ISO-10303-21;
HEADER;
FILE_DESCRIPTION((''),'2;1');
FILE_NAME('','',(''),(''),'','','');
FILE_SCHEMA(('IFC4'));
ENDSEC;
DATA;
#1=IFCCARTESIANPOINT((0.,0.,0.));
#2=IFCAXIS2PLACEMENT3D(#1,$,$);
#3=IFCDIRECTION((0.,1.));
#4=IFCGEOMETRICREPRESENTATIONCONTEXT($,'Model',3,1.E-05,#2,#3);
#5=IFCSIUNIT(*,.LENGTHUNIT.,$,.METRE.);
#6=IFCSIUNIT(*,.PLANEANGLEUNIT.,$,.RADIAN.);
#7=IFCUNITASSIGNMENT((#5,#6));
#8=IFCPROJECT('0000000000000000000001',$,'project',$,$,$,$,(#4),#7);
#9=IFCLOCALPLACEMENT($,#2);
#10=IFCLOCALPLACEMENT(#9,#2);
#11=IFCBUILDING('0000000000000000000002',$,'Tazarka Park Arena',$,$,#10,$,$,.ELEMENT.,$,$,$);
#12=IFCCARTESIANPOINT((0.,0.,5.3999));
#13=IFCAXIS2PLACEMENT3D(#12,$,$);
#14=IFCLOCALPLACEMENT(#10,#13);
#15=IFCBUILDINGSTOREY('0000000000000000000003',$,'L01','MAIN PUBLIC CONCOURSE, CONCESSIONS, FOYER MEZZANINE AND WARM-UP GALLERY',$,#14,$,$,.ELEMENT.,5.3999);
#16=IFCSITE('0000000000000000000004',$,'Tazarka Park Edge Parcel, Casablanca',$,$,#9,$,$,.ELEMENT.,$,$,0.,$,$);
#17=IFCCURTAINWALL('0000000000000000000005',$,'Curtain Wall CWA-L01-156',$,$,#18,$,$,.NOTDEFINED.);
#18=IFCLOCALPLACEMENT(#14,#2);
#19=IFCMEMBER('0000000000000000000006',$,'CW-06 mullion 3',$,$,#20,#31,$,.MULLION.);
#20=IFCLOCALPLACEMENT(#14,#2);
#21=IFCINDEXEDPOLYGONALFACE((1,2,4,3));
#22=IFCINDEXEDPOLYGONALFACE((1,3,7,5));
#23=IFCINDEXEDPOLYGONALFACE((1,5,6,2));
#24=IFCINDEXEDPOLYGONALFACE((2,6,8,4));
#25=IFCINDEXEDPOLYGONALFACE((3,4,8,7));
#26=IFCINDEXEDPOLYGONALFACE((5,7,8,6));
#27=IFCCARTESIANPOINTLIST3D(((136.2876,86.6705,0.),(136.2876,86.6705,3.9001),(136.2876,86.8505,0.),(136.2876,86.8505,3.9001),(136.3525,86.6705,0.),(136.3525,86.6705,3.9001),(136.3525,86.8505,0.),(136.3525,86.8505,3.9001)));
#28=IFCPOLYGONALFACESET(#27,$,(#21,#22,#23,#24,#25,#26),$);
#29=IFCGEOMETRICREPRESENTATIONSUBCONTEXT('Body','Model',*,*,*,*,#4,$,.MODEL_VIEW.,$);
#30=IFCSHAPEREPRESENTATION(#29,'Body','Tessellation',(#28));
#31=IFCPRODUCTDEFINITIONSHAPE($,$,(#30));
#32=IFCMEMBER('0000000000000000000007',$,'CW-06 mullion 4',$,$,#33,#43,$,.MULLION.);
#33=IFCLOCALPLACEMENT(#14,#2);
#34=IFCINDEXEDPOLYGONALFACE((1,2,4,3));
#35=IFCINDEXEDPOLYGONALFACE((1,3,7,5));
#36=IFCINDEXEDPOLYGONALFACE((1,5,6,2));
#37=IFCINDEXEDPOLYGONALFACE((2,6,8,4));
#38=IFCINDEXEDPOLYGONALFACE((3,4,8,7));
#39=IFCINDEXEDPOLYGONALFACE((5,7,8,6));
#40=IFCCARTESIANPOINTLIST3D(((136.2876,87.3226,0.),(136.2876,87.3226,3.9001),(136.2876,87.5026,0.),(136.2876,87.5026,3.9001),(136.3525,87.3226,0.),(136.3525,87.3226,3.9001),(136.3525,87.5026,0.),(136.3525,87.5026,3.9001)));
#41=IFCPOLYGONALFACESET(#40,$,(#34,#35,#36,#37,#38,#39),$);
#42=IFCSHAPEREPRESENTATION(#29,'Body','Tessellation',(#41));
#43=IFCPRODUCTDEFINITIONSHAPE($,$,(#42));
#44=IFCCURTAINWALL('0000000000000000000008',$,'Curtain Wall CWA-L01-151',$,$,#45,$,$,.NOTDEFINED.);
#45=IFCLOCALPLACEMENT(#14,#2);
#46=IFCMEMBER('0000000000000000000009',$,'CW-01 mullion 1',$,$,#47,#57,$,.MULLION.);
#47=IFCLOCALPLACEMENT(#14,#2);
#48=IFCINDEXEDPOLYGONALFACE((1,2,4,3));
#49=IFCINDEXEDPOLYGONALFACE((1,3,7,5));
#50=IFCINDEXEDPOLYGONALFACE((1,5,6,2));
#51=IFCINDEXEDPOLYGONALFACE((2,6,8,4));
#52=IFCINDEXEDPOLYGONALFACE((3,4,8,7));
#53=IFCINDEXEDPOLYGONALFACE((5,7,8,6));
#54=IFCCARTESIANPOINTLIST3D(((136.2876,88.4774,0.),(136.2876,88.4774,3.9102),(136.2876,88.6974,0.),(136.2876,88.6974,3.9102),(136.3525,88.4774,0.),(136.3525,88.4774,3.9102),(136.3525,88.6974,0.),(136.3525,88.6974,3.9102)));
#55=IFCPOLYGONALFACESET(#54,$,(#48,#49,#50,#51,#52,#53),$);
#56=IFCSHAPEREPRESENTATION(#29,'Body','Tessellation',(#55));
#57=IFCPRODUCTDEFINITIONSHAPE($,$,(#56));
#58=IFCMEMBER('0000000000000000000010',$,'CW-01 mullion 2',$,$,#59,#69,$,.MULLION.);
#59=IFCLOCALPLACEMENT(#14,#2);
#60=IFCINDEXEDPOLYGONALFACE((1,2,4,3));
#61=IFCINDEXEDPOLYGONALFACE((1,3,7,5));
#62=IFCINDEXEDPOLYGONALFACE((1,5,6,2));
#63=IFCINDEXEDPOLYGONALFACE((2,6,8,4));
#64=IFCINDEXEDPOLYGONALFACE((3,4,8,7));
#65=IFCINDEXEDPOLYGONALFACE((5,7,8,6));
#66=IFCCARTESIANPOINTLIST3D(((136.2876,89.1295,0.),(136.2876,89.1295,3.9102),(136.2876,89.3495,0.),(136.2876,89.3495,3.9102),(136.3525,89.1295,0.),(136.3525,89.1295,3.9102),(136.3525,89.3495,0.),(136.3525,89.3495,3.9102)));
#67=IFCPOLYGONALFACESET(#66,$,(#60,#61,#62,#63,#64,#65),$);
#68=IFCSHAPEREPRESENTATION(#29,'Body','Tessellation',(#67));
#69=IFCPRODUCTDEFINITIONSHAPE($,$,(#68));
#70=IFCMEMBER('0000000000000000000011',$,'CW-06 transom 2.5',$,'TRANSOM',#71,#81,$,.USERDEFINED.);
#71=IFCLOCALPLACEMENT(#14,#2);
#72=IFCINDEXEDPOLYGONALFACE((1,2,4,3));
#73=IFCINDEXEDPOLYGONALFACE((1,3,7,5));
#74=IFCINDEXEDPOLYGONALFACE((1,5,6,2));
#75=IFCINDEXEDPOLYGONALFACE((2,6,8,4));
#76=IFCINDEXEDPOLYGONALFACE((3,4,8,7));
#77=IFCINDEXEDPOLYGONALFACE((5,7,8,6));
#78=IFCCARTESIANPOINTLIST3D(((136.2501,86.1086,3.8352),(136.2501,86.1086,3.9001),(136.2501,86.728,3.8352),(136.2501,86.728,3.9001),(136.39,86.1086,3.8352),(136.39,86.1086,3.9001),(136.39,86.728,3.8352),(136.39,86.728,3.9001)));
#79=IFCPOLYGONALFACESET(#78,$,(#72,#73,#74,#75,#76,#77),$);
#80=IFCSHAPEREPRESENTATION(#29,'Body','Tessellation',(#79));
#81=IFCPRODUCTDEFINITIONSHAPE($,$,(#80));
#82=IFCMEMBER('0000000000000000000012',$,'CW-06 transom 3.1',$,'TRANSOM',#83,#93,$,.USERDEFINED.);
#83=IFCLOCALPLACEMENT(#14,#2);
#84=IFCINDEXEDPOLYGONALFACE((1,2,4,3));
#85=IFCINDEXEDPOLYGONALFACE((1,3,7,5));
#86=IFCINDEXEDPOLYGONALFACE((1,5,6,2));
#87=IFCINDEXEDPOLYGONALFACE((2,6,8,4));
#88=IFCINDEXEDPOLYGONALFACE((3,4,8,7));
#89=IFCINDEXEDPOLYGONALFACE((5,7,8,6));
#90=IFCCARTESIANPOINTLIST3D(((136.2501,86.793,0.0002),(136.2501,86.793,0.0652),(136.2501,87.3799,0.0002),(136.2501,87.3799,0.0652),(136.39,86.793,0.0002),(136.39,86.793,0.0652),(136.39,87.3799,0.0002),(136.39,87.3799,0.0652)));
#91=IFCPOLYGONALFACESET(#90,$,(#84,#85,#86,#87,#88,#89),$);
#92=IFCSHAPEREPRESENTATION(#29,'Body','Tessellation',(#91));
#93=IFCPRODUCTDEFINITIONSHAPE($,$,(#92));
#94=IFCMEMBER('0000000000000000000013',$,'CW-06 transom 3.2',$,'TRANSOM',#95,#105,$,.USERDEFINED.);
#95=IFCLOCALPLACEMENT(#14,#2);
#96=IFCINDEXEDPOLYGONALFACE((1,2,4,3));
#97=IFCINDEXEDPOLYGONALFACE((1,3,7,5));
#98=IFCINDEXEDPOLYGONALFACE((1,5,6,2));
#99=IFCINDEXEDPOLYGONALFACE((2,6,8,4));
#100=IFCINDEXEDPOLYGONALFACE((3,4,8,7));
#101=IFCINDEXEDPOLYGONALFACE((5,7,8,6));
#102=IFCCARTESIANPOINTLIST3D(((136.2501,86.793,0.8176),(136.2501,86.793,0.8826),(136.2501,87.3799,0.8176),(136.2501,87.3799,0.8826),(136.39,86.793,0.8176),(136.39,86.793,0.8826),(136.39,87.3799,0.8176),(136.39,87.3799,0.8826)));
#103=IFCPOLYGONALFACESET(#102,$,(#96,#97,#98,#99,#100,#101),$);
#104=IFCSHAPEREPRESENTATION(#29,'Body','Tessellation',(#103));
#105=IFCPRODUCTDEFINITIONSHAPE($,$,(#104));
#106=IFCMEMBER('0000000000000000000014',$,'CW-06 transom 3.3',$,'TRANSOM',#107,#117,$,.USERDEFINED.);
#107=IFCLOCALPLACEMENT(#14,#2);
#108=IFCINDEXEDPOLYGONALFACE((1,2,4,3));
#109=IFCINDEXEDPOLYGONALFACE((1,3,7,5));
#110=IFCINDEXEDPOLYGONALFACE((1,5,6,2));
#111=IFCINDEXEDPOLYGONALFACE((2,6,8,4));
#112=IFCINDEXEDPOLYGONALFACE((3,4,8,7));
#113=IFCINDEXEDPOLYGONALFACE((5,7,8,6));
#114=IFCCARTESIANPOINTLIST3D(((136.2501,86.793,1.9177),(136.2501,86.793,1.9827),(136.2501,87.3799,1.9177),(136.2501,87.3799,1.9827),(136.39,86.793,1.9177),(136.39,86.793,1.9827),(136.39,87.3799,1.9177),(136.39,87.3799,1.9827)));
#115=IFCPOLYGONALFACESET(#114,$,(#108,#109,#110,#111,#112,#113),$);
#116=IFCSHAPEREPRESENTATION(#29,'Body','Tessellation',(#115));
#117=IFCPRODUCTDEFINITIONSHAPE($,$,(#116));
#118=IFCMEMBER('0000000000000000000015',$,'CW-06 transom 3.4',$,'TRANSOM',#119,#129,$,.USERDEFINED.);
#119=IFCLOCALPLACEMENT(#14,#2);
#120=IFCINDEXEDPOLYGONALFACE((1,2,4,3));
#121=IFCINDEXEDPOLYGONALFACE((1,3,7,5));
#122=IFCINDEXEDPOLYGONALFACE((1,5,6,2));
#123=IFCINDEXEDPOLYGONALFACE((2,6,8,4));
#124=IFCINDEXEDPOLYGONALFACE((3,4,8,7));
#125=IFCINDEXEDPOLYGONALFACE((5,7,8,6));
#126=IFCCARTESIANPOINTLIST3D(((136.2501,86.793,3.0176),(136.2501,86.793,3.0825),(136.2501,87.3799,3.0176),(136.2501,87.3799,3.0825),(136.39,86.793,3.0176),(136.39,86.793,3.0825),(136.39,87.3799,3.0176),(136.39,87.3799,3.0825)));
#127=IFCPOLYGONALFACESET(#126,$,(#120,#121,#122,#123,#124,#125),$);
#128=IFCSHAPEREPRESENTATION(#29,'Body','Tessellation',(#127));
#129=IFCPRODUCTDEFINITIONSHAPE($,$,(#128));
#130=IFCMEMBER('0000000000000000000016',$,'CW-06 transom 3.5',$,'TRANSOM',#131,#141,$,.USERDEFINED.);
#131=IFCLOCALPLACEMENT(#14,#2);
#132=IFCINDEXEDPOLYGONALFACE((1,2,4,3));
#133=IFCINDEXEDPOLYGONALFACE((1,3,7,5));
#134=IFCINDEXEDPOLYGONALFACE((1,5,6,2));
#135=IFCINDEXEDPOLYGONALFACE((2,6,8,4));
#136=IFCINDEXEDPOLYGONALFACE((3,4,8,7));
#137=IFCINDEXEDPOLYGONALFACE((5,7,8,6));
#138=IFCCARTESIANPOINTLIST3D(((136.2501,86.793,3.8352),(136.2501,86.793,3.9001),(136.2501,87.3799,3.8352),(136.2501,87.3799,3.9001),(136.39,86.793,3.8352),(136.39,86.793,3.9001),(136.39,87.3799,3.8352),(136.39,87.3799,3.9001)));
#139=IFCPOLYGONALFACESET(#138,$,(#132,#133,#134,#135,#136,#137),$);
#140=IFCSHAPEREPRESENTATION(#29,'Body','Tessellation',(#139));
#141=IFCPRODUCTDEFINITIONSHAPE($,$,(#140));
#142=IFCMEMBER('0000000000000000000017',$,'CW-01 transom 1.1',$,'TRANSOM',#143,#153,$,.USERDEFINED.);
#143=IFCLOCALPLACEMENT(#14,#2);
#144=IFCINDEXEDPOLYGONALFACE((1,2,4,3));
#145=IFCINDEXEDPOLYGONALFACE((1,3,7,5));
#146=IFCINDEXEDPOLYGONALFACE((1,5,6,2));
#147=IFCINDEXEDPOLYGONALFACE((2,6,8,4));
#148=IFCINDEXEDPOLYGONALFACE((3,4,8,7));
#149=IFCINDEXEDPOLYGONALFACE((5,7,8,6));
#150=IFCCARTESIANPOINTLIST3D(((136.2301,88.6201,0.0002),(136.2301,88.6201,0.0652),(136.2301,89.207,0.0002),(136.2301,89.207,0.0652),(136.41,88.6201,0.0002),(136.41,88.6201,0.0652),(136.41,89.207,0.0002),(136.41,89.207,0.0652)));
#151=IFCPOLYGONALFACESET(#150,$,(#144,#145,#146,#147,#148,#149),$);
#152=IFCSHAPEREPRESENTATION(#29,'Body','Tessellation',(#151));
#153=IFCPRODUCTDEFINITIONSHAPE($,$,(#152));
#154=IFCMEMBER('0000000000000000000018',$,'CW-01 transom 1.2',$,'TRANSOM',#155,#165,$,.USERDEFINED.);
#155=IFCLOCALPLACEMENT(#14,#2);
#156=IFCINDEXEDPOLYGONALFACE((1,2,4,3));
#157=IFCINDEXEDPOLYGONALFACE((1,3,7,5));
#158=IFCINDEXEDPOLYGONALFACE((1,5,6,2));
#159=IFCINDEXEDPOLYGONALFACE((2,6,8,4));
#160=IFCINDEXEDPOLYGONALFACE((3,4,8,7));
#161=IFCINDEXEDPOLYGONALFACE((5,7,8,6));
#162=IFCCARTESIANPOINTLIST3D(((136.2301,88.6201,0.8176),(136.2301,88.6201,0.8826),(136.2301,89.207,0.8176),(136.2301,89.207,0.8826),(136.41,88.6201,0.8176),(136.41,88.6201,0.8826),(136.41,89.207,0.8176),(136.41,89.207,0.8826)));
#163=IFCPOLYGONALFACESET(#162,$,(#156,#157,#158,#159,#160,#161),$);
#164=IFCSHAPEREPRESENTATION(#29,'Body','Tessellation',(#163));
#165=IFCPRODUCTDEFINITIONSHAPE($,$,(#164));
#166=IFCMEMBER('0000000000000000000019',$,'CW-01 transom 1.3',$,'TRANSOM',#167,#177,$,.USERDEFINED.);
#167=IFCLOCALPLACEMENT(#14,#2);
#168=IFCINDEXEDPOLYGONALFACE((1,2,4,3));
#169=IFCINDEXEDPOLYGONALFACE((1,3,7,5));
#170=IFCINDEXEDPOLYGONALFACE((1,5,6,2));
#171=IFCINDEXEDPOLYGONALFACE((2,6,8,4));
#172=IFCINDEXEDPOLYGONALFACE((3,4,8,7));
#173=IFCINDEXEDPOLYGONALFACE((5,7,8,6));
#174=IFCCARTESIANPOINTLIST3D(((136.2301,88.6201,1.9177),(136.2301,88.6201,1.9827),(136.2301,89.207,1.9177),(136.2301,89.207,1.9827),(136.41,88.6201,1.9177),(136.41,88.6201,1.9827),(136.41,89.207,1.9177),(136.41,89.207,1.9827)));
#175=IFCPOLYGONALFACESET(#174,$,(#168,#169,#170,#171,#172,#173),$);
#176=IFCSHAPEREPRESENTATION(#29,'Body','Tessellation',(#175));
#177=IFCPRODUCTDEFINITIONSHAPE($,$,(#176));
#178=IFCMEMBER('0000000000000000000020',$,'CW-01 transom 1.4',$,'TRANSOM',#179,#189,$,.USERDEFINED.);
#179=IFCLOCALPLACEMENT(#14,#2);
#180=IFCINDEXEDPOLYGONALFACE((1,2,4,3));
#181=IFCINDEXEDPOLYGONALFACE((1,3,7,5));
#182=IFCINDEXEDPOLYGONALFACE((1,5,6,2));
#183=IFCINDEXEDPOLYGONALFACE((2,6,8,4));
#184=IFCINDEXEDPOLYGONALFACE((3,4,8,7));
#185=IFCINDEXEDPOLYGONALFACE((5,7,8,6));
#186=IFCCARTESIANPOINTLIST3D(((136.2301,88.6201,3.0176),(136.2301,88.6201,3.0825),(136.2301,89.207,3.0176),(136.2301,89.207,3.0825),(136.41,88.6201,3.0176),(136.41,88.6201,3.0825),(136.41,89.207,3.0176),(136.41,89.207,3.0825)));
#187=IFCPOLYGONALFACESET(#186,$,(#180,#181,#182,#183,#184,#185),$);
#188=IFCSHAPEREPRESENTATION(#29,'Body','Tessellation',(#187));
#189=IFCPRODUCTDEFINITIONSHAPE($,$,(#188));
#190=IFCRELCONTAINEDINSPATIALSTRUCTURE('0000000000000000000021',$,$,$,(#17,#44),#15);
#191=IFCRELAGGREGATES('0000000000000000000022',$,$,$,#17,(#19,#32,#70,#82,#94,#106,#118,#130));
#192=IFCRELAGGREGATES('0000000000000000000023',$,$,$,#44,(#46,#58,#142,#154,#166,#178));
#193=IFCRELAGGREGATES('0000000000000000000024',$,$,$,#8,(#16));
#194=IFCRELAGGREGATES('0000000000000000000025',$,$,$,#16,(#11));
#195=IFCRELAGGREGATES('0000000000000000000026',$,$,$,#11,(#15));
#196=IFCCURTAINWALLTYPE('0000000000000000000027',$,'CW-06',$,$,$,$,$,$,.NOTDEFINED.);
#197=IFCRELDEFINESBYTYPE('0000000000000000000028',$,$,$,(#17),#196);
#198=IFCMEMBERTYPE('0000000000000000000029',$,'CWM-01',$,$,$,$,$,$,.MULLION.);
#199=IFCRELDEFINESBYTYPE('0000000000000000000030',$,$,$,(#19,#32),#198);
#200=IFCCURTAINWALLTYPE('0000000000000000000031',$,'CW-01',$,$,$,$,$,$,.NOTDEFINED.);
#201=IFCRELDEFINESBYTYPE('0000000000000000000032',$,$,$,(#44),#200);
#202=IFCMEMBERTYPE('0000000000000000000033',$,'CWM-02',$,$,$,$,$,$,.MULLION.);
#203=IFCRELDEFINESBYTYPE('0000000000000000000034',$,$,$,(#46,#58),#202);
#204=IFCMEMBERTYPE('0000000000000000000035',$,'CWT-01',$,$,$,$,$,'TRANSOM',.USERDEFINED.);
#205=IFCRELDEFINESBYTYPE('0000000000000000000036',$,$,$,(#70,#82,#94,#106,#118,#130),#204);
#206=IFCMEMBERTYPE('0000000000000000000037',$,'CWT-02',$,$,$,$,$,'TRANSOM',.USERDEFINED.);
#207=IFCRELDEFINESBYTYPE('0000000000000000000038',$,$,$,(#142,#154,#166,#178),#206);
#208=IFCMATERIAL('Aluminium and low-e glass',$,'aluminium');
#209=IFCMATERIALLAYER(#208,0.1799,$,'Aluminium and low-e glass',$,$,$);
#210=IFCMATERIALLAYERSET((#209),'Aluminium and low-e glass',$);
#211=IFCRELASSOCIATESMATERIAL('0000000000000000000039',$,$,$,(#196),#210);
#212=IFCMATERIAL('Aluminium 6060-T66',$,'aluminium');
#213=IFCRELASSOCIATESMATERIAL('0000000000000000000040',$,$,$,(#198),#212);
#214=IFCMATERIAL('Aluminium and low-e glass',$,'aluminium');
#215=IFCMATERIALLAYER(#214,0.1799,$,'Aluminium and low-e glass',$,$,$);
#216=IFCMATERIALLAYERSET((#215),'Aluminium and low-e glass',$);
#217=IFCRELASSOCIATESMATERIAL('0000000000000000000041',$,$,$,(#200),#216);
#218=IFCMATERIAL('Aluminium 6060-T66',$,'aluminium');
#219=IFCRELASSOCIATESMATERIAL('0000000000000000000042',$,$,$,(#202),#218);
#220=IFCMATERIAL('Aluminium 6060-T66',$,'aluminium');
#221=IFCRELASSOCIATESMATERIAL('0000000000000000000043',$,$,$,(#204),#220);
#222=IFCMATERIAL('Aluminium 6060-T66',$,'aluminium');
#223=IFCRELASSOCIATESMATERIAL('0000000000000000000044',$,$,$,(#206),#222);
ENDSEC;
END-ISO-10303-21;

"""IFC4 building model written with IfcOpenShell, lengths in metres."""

from ifc_helpers import new_model, si_unit, direction, frame, origin, origin_2d, place, context, subcontext, project, spatial, rectangle, extrude, material, layer, layer_set, material_profile, profile_set, type_object, element, aggregate, save


model = new_model("IFC4")

# Units and contexts
model_context = context("Model", 3, precision=1e-05, world=origin(), true_north=direction((0.0, 1.0)))
body_context = subcontext(model_context, "Body", "Model", "MODEL_VIEW")
ifc_project = project(units=[si_unit("LENGTHUNIT", "METRE"), si_unit("PLANEANGLEUNIT", "RADIAN")], contexts=[model_context])

# Site, building, storey
site_placement = place(None, origin())
site = spatial("IfcSite", under=ifc_project, at=site_placement, Name="Tazarka Park Edge Parcel, Casablanca", CompositionType="ELEMENT", RefElevation=0.0)
building_placement = place(site_placement, origin())
building = spatial("IfcBuilding", under=site, at=building_placement, Name="Tazarka Park Arena", CompositionType="ELEMENT")
storey_placement = place(building_placement, frame((0.0, 0.0, 5.3999)))
storey = spatial("IfcBuildingStorey", under=building, at=storey_placement, Name="L01", Description="MAIN PUBLIC CONCOURSE, CONCESSIONS, FOYER MEZZANINE AND WARM-UP GALLERY", CompositionType="ELEMENT", Elevation=5.3999)

# Curtain walls, members
ifc_material_1 = material(Name="Aluminium and low-e glass", Category="aluminium")
ifc_layer_1 = layer(ifc_material_1, 0.1799, Name="Aluminium and low-e glass")
ifc_layer_set_1 = layer_set([ifc_layer_1], Name="Aluminium and low-e glass")
curtain_wall_type_1 = type_object("IfcCurtainWallType", Name="CW-06", PredefinedType="NOTDEFINED", material=ifc_layer_set_1)
curtain_wall_1_placement = place(storey_placement, origin())
curtain_wall_1 = element("IfcCurtainWall", 1, at=curtain_wall_1_placement, inside=storey, type_object=curtain_wall_type_1, Name="Curtain Wall CWA-L01-156", PredefinedType="NOTDEFINED")
ifc_material_2 = material(Name="Aluminium 6060-T66", Category="aluminium")
ifc_material_profile_1 = material_profile(ifc_material_2, rectangle(XDim=0.0649, YDim=0.1799, at=origin_2d()), Name="Aluminium 6060-T66")
ifc_profile_set_1 = profile_set([ifc_material_profile_1], Name="Aluminium 6060-T66")
member_type_1 = type_object("IfcMemberType", Name="CWM-01", PredefinedType="MULLION", material=ifc_profile_set_1)
member_1_placement = place(storey_placement, frame((136.3201, 86.7605, 0.0), z_axis=(0.0, 0.0, 1.0), x_axis=(-1.0, 0.0, 0.0)))
member_1 = element("IfcMember", 2, at=member_1_placement, type_object=member_type_1, Name="CW-06 mullion 3", PredefinedType="MULLION", context=body_context, shape_type="SweptSolid", body=[
    extrude(rectangle(XDim=0.0649, YDim=0.1799, at=origin_2d()), origin(), (0.0, 0.0, 1.0), 3.9001),
])
member_2_placement = place(storey_placement, frame((136.3201, 87.4126, 0.0), z_axis=(0.0, 0.0, 1.0), x_axis=(-1.0, 0.0, 0.0)))
member_2 = element("IfcMember", 3, at=member_2_placement, type_object=member_type_1, Name="CW-06 mullion 4", PredefinedType="MULLION", context=body_context, shape_type="SweptSolid", body=[
    extrude(rectangle(XDim=0.0649, YDim=0.1799, at=origin_2d()), origin(), (0.0, 0.0, 1.0), 3.9001),
])
ifc_material_3 = material(Name="Aluminium and low-e glass", Category="aluminium")
ifc_layer_2 = layer(ifc_material_3, 0.1799, Name="Aluminium and low-e glass")
ifc_layer_set_2 = layer_set([ifc_layer_2], Name="Aluminium and low-e glass")
curtain_wall_type_2 = type_object("IfcCurtainWallType", Name="CW-01", PredefinedType="NOTDEFINED", material=ifc_layer_set_2)
curtain_wall_2_placement = place(storey_placement, origin())
curtain_wall_2 = element("IfcCurtainWall", 4, at=curtain_wall_2_placement, inside=storey, type_object=curtain_wall_type_2, Name="Curtain Wall CWA-L01-151", PredefinedType="NOTDEFINED")
ifc_material_4 = material(Name="Aluminium 6060-T66", Category="aluminium")
ifc_material_profile_2 = material_profile(ifc_material_4, rectangle(XDim=0.0649, YDim=0.22, at=origin_2d()), Name="Aluminium 6060-T66")
ifc_profile_set_2 = profile_set([ifc_material_profile_2], Name="Aluminium 6060-T66")
member_type_2 = type_object("IfcMemberType", Name="CWM-02", PredefinedType="MULLION", material=ifc_profile_set_2)
member_3_placement = place(storey_placement, frame((136.3201, 88.5874, 0.0), z_axis=(0.0, 0.0, 1.0), x_axis=(-1.0, 0.0, 0.0)))
member_3 = element("IfcMember", 5, at=member_3_placement, type_object=member_type_2, Name="CW-01 mullion 1", PredefinedType="MULLION", context=body_context, shape_type="SweptSolid", body=[
    extrude(rectangle(XDim=0.0649, YDim=0.22, at=origin_2d()), origin(), (0.0, 0.0, 1.0), 3.9102),
])
member_4_placement = place(storey_placement, frame((136.3201, 89.2395, 0.0), z_axis=(0.0, 0.0, 1.0), x_axis=(-1.0, 0.0, 0.0)))
member_4 = element("IfcMember", 6, at=member_4_placement, type_object=member_type_2, Name="CW-01 mullion 2", PredefinedType="MULLION", context=body_context, shape_type="SweptSolid", body=[
    extrude(rectangle(XDim=0.0649, YDim=0.22, at=origin_2d()), origin(), (0.0, 0.0, 1.0), 3.9102),
])

# Members
ifc_material_5 = material(Name="Aluminium 6060-T66", Category="aluminium")
ifc_material_profile_3 = material_profile(ifc_material_5, rectangle(XDim=0.1399, YDim=0.0649, at=origin_2d()), Name="Aluminium 6060-T66")
ifc_profile_set_3 = profile_set([ifc_material_profile_3], Name="Aluminium 6060-T66")
member_type_3 = type_object("IfcMemberType", Name="CWT-01", ElementType="TRANSOM", PredefinedType="USERDEFINED", material=ifc_profile_set_3)
member_5_placement = place(storey_placement, frame((136.3201, 86.1086, 3.8677), z_axis=(0.0, 1.0, 0.0), x_axis=(-1.0, 0.0, 0.0)))
member_5 = element("IfcMember", 7, at=member_5_placement, type_object=member_type_3, Name="CW-06 transom 2.5", ObjectType="TRANSOM", PredefinedType="USERDEFINED", context=body_context, shape_type="SweptSolid", body=[
    extrude(rectangle(XDim=0.1399, YDim=0.0649, at=origin_2d()), origin(), (0.0, 0.0, 1.0), 0.6194),
])
member_6_placement = place(storey_placement, frame((136.3201, 86.793, 0.0327), z_axis=(0.0, 1.0, 0.0), x_axis=(-1.0, 0.0, 0.0)))
member_6 = element("IfcMember", 8, at=member_6_placement, type_object=member_type_3, Name="CW-06 transom 3.1", ObjectType="TRANSOM", PredefinedType="USERDEFINED", context=body_context, shape_type="SweptSolid", body=[
    extrude(rectangle(XDim=0.1399, YDim=0.0649, at=origin_2d()), origin(), (0.0, 0.0, 1.0), 0.5869),
])
member_7_placement = place(storey_placement, frame((136.3201, 86.793, 0.8501), z_axis=(0.0, 1.0, 0.0), x_axis=(-1.0, 0.0, 0.0)))
member_7 = element("IfcMember", 9, at=member_7_placement, type_object=member_type_3, Name="CW-06 transom 3.2", ObjectType="TRANSOM", PredefinedType="USERDEFINED", context=body_context, shape_type="SweptSolid", body=[
    extrude(rectangle(XDim=0.1399, YDim=0.0649, at=origin_2d()), origin(), (0.0, 0.0, 1.0), 0.5869),
])
member_8_placement = place(storey_placement, frame((136.3201, 86.793, 1.9502), z_axis=(0.0, 1.0, 0.0), x_axis=(-1.0, 0.0, 0.0)))
member_8 = element("IfcMember", 10, at=member_8_placement, type_object=member_type_3, Name="CW-06 transom 3.3", ObjectType="TRANSOM", PredefinedType="USERDEFINED", context=body_context, shape_type="SweptSolid", body=[
    extrude(rectangle(XDim=0.1399, YDim=0.0649, at=origin_2d()), origin(), (0.0, 0.0, 1.0), 0.5869),
])
member_9_placement = place(storey_placement, frame((136.3201, 86.793, 3.05), z_axis=(0.0, 1.0, 0.0), x_axis=(-1.0, 0.0, 0.0)))
member_9 = element("IfcMember", 11, at=member_9_placement, type_object=member_type_3, Name="CW-06 transom 3.4", ObjectType="TRANSOM", PredefinedType="USERDEFINED", context=body_context, shape_type="SweptSolid", body=[
    extrude(rectangle(XDim=0.1399, YDim=0.0649, at=origin_2d()), origin(), (0.0, 0.0, 1.0), 0.5869),
])
member_10_placement = place(storey_placement, frame((136.3201, 86.793, 3.8677), z_axis=(0.0, 1.0, 0.0), x_axis=(-1.0, 0.0, 0.0)))
member_10 = element("IfcMember", 12, at=member_10_placement, type_object=member_type_3, Name="CW-06 transom 3.5", ObjectType="TRANSOM", PredefinedType="USERDEFINED", context=body_context, shape_type="SweptSolid", body=[
    extrude(rectangle(XDim=0.1399, YDim=0.0649, at=origin_2d()), origin(), (0.0, 0.0, 1.0), 0.5869),
])
ifc_material_6 = material(Name="Aluminium 6060-T66", Category="aluminium")
ifc_material_profile_4 = material_profile(ifc_material_6, rectangle(XDim=0.1799, YDim=0.0649, at=origin_2d()), Name="Aluminium 6060-T66")
ifc_profile_set_4 = profile_set([ifc_material_profile_4], Name="Aluminium 6060-T66")
member_type_4 = type_object("IfcMemberType", Name="CWT-02", ElementType="TRANSOM", PredefinedType="USERDEFINED", material=ifc_profile_set_4)
member_11_placement = place(storey_placement, frame((136.3201, 88.6201, 0.0327), z_axis=(0.0, 1.0, 0.0), x_axis=(-1.0, 0.0, 0.0)))
member_11 = element("IfcMember", 13, at=member_11_placement, type_object=member_type_4, Name="CW-01 transom 1.1", ObjectType="TRANSOM", PredefinedType="USERDEFINED", context=body_context, shape_type="SweptSolid", body=[
    extrude(rectangle(XDim=0.1799, YDim=0.0649, at=origin_2d()), origin(), (0.0, 0.0, 1.0), 0.5869),
])
member_12_placement = place(storey_placement, frame((136.3201, 88.6201, 0.8501), z_axis=(0.0, 1.0, 0.0), x_axis=(-1.0, 0.0, 0.0)))
member_12 = element("IfcMember", 14, at=member_12_placement, type_object=member_type_4, Name="CW-01 transom 1.2", ObjectType="TRANSOM", PredefinedType="USERDEFINED", context=body_context, shape_type="SweptSolid", body=[
    extrude(rectangle(XDim=0.1799, YDim=0.0649, at=origin_2d()), origin(), (0.0, 0.0, 1.0), 0.5869),
])
member_13_placement = place(storey_placement, frame((136.3201, 88.6201, 1.9502), z_axis=(0.0, 1.0, 0.0), x_axis=(-1.0, 0.0, 0.0)))
member_13 = element("IfcMember", 15, at=member_13_placement, type_object=member_type_4, Name="CW-01 transom 1.3", ObjectType="TRANSOM", PredefinedType="USERDEFINED", context=body_context, shape_type="SweptSolid", body=[
    extrude(rectangle(XDim=0.1799, YDim=0.0649, at=origin_2d()), origin(), (0.0, 0.0, 1.0), 0.5869),
])
member_14_placement = place(storey_placement, frame((136.3201, 88.6201, 3.05), z_axis=(0.0, 1.0, 0.0), x_axis=(-1.0, 0.0, 0.0)))
member_14 = element("IfcMember", 16, at=member_14_placement, type_object=member_type_4, Name="CW-01 transom 1.4", ObjectType="TRANSOM", PredefinedType="USERDEFINED", context=body_context, shape_type="SweptSolid", body=[
    extrude(rectangle(XDim=0.1799, YDim=0.0649, at=origin_2d()), origin(), (0.0, 0.0, 1.0), 0.5869),
])

aggregate(curtain_wall_1, [member_1, member_2, member_5, member_6, member_7, member_8, member_9, member_10])
aggregate(curtain_wall_2, [member_3, member_4, member_11, member_12, member_13, member_14])

save(model, "model.ifc")
